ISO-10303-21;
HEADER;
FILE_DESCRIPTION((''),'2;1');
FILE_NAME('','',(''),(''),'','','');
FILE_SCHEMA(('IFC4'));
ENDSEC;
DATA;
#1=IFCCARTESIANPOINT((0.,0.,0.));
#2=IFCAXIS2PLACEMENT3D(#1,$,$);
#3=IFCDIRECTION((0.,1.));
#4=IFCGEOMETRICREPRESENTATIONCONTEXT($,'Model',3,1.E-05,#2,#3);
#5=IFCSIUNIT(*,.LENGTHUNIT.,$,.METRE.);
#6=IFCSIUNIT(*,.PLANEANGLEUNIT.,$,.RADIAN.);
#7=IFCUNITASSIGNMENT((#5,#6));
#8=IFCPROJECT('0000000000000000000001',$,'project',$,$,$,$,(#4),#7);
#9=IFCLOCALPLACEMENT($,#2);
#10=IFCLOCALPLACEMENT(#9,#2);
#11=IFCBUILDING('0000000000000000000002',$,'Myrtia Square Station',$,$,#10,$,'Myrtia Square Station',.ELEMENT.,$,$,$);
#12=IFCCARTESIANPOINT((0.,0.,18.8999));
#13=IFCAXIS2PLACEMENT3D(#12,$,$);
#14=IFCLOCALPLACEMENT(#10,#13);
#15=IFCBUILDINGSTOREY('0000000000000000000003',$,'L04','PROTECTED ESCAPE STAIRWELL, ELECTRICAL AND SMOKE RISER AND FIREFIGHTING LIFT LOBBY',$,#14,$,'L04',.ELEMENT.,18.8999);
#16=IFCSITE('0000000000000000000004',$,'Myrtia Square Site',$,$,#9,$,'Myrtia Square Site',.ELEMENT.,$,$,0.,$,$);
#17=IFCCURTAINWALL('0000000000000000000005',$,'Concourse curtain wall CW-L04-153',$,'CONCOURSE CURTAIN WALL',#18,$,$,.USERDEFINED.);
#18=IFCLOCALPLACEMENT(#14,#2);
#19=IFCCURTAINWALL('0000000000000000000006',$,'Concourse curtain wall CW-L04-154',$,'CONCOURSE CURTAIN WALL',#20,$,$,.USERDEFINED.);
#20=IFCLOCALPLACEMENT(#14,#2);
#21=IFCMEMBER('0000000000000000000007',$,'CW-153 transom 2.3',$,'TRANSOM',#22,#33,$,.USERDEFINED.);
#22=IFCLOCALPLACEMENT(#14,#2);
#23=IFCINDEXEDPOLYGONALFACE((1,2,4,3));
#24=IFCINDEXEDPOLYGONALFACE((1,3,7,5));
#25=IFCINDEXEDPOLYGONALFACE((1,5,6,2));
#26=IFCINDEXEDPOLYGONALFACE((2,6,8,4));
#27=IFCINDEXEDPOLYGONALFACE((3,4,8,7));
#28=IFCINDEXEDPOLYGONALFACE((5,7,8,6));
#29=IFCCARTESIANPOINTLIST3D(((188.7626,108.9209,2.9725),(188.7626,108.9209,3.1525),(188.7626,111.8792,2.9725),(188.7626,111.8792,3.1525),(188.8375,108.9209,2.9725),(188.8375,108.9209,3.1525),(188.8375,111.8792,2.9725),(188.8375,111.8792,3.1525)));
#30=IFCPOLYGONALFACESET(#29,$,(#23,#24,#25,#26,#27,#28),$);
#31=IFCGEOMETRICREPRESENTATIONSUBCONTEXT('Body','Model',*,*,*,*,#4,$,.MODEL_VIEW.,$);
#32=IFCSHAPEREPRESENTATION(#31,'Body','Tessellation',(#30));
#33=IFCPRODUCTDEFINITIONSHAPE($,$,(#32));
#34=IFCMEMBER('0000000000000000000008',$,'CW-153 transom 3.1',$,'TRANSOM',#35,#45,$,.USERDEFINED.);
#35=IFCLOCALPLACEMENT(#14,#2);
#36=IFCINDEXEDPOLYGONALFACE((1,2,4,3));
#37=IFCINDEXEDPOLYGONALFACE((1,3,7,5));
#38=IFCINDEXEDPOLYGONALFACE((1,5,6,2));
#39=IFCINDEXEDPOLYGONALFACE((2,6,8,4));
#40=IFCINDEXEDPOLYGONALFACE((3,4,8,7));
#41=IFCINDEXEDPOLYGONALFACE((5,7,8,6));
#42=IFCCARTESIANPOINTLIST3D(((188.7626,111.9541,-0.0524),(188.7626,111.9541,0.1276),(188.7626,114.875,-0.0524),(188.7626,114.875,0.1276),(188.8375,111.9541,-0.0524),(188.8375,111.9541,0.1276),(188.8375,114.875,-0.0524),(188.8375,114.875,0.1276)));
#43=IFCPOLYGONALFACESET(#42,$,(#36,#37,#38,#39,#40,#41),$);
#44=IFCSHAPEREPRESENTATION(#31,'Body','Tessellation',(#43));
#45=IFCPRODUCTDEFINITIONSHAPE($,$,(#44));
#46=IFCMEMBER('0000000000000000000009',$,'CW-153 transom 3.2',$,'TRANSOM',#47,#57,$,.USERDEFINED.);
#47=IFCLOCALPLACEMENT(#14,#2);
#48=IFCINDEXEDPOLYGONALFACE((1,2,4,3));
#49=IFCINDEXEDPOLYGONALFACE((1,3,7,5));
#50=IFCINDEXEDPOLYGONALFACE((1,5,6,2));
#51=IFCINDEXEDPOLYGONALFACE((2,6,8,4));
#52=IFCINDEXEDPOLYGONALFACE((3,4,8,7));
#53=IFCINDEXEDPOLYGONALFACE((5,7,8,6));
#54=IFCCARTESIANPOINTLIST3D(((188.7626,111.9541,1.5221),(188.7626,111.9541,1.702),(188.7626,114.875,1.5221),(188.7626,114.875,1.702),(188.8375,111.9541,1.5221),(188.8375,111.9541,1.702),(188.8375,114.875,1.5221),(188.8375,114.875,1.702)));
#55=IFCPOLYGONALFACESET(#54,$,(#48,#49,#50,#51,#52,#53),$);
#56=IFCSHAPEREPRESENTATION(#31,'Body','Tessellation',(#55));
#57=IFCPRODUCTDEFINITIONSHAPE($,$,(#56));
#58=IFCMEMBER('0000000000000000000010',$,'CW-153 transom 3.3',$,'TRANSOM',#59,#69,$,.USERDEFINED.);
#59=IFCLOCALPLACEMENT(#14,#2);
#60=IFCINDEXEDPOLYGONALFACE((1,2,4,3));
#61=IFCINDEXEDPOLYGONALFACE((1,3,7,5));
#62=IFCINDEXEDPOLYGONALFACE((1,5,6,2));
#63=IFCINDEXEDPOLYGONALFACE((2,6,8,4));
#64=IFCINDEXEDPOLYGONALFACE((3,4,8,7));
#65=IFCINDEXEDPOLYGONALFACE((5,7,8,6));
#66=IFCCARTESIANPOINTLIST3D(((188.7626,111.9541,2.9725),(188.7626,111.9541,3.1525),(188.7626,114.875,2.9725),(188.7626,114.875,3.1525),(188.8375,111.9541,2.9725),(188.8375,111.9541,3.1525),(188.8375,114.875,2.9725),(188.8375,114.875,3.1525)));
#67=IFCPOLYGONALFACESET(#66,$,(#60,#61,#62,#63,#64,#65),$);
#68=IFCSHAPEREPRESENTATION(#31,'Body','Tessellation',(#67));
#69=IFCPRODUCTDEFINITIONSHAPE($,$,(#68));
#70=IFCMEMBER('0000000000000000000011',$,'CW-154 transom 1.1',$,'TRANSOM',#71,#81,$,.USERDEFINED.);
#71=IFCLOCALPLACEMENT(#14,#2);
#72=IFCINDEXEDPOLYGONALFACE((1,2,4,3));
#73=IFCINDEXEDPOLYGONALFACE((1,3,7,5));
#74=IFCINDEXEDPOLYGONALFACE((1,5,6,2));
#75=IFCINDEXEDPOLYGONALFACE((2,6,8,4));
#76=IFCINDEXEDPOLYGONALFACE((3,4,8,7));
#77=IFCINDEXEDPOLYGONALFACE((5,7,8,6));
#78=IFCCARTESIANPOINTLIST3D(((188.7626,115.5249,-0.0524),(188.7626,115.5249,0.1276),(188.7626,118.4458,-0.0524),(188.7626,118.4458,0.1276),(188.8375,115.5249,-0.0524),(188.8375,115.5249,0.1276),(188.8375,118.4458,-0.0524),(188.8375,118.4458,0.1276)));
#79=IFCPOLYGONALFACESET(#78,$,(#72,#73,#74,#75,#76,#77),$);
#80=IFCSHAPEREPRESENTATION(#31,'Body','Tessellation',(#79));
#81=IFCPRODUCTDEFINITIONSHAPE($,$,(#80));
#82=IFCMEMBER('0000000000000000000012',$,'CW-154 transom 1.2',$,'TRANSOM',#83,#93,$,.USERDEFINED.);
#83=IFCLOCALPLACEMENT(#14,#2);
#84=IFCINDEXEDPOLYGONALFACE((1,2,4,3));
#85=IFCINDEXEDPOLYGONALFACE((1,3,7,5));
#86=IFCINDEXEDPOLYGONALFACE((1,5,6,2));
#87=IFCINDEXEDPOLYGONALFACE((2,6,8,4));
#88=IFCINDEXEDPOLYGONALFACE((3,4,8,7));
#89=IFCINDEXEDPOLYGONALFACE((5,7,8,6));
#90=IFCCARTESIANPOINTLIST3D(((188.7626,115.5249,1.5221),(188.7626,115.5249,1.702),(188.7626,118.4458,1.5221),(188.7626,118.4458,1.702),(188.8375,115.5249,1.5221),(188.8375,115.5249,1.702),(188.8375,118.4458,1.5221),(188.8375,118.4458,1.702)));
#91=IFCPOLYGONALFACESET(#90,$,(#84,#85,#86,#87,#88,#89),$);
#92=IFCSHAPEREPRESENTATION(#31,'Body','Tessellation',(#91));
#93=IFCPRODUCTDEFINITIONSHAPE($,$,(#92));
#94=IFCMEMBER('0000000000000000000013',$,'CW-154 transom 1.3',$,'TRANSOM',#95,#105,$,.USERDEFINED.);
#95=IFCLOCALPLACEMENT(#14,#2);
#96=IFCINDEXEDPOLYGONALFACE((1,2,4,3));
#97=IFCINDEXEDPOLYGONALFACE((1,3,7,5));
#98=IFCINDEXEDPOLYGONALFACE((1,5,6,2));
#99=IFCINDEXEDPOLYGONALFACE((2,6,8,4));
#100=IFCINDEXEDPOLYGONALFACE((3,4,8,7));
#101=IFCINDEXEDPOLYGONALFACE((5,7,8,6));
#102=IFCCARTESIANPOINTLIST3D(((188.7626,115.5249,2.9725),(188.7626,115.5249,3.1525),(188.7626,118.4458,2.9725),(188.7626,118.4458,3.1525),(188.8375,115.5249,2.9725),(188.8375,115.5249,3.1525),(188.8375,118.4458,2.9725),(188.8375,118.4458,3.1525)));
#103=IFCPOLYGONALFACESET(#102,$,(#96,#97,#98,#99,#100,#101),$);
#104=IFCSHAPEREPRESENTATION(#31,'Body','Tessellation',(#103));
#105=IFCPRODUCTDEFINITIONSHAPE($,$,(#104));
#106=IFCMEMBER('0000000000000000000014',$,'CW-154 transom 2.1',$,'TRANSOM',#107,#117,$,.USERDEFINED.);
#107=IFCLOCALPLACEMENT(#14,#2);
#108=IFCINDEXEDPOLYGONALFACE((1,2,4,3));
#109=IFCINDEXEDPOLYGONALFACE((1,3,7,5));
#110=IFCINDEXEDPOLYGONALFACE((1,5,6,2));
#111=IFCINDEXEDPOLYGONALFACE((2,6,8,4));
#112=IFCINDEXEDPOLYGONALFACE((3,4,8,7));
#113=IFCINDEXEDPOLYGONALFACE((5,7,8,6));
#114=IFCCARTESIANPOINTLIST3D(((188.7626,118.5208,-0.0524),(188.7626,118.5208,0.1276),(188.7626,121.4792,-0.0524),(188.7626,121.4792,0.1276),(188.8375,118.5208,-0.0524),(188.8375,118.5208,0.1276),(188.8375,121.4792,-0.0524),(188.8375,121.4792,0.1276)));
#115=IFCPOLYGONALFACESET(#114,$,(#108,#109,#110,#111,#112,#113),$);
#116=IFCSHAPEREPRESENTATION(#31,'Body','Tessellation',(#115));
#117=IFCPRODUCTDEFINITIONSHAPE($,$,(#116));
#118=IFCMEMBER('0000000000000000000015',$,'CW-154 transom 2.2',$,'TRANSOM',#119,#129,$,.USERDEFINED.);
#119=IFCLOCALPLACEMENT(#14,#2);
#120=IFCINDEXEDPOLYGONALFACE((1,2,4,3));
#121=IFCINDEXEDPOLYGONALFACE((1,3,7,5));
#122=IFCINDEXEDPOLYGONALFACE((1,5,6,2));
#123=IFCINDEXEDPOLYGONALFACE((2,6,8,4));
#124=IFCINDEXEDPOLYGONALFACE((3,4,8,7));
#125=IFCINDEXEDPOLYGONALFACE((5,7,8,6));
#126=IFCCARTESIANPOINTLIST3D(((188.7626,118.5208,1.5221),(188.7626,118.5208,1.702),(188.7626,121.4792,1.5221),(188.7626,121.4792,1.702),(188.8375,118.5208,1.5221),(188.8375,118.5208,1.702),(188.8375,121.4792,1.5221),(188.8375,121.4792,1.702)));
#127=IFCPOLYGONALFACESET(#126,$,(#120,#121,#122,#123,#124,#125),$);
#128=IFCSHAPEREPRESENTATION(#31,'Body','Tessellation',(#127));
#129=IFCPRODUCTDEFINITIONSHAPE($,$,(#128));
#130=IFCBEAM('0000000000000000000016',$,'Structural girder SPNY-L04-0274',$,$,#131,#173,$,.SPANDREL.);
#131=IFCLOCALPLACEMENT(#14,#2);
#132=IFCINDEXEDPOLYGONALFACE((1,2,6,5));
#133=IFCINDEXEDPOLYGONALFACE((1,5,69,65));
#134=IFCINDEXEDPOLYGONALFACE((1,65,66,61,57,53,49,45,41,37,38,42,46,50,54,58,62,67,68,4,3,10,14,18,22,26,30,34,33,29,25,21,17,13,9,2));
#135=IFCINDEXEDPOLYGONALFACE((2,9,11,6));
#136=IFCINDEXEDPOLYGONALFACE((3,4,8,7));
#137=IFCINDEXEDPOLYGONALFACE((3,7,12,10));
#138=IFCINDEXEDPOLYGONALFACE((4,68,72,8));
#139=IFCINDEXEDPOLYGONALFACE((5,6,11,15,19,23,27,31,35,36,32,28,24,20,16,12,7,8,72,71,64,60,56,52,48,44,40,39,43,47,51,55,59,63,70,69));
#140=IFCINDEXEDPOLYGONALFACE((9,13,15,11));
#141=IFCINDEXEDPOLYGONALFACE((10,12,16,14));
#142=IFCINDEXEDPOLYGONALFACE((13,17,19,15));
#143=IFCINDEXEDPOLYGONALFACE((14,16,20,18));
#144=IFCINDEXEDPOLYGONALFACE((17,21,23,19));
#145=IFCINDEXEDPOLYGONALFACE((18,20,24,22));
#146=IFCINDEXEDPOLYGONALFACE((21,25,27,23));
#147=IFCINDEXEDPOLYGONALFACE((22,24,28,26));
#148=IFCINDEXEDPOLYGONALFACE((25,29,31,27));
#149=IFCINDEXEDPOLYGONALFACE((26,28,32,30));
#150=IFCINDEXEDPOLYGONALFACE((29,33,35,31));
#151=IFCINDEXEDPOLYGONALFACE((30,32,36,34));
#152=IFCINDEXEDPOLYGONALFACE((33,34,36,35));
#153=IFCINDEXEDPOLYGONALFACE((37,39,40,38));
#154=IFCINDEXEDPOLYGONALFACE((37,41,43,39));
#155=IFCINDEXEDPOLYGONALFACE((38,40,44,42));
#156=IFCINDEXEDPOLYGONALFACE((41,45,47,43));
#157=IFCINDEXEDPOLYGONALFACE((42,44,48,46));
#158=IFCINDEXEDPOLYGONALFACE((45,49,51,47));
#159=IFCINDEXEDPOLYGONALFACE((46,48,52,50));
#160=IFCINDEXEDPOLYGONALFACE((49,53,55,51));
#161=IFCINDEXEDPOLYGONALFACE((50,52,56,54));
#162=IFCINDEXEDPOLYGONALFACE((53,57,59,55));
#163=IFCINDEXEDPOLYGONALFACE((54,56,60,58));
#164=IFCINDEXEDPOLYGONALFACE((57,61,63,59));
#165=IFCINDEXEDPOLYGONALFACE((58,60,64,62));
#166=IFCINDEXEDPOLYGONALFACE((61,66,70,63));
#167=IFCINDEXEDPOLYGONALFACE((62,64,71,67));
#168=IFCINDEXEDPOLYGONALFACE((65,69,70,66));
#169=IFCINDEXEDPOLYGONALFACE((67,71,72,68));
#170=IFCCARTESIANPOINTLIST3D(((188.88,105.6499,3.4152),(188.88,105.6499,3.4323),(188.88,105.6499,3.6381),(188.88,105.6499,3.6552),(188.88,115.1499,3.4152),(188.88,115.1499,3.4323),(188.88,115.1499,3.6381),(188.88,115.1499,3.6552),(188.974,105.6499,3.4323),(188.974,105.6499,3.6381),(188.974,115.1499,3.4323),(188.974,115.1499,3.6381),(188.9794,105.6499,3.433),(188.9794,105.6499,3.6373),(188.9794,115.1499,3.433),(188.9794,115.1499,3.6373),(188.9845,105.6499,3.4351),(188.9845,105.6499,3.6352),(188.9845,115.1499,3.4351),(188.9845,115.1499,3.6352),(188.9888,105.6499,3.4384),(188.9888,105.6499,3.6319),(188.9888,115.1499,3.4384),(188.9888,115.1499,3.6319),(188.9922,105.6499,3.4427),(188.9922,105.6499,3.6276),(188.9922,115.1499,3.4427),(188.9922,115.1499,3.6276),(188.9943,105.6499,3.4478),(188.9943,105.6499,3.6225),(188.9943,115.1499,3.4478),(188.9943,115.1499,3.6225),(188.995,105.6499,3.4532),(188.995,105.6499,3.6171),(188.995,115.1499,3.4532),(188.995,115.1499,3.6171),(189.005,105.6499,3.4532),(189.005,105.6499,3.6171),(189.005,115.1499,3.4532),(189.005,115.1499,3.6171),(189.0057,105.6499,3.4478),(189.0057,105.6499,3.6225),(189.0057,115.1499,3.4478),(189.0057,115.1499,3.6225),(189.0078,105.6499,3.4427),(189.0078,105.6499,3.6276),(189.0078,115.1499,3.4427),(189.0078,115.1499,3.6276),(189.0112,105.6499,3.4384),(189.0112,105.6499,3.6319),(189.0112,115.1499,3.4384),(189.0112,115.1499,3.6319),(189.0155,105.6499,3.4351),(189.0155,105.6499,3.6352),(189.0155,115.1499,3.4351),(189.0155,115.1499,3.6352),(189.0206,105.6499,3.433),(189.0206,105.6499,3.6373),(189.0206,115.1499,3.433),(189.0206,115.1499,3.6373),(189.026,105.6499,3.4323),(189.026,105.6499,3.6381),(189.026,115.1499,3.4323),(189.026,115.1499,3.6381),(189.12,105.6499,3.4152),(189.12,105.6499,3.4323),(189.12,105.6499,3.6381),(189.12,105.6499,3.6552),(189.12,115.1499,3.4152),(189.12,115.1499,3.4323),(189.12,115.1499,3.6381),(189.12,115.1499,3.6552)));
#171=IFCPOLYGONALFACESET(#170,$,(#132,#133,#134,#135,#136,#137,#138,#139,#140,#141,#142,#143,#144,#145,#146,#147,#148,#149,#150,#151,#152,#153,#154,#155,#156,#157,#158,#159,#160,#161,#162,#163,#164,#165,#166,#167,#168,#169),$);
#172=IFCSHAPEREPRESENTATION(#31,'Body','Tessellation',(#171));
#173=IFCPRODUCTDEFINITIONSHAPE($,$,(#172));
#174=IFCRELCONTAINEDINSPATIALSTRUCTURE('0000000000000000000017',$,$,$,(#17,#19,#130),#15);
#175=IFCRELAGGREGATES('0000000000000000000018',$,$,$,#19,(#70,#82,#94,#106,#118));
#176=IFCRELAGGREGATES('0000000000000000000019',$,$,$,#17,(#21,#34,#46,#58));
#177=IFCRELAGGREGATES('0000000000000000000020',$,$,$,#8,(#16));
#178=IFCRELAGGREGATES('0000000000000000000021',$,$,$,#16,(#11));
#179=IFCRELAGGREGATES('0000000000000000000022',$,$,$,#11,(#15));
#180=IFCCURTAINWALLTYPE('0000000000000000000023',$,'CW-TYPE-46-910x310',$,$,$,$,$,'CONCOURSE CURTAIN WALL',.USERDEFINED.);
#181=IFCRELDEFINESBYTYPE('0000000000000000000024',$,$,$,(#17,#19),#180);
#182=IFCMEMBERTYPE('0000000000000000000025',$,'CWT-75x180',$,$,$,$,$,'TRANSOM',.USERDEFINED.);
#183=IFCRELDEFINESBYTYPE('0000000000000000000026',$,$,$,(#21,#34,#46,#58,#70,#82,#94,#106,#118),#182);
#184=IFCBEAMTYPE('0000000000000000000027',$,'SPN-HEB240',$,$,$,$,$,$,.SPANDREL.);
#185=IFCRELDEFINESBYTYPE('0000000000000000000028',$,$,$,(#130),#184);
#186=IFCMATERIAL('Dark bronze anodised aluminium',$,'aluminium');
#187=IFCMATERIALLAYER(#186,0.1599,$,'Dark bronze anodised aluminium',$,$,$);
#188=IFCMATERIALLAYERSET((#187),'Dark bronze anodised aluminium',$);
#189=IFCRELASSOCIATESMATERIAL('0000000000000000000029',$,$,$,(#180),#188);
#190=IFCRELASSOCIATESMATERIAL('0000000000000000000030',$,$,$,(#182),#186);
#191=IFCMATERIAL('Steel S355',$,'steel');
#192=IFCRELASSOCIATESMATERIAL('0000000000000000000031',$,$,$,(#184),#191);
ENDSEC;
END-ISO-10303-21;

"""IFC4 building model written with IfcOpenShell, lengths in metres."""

from ifc_helpers import new_model, si_unit, direction, frame, origin, origin_2d, place, context, subcontext, project, spatial, rectangle, i_section, extrude, material, layer, layer_set, material_profile, profile_set, type_object, element, aggregate, save


model = new_model("IFC4")

# Units and contexts
model_context = context("Model", 3, precision=1e-05, world=origin(), true_north=direction((0.0, 1.0)))
body_context = subcontext(model_context, "Body", "Model", "MODEL_VIEW")
ifc_project = project(units=[si_unit("LENGTHUNIT", "METRE"), si_unit("PLANEANGLEUNIT", "RADIAN")], contexts=[model_context])

# Site, building, storey
site_placement = place(None, origin())
site = spatial("IfcSite", under=ifc_project, at=site_placement, Name="Myrtia Square Site", LongName="Myrtia Square Site", CompositionType="ELEMENT", RefElevation=0.0)
building_placement = place(site_placement, origin())
building = spatial("IfcBuilding", under=site, at=building_placement, Name="Myrtia Square Station", LongName="Myrtia Square Station", CompositionType="ELEMENT")
storey_placement = place(building_placement, frame((0.0, 0.0, 18.8999)))
storey = spatial("IfcBuildingStorey", under=building, at=storey_placement, Name="L04", Description="PROTECTED ESCAPE STAIRWELL, ELECTRICAL AND SMOKE RISER AND FIREFIGHTING LIFT LOBBY", LongName="L04", CompositionType="ELEMENT", Elevation=18.8999)

# Shared definitions
ifc_material_1 = material(Name="Steel S355", Category="steel")

# Curtain walls
ifc_material_2 = material(Name="Dark bronze anodised aluminium", Category="aluminium")
ifc_layer_1 = layer(ifc_material_2, 0.1599, Name="Dark bronze anodised aluminium")
ifc_layer_set_1 = layer_set([ifc_layer_1], Name="Dark bronze anodised aluminium")
curtain_wall_type = type_object("IfcCurtainWallType", Name="CW-TYPE-46-910x310", ElementType="CONCOURSE CURTAIN WALL", PredefinedType="USERDEFINED", material=ifc_layer_set_1)
curtain_wall_1_placement = place(storey_placement, origin())
curtain_wall_1 = element("IfcCurtainWall", 1, at=curtain_wall_1_placement, inside=storey, type_object=curtain_wall_type, Name="Concourse curtain wall CW-L04-153", ObjectType="CONCOURSE CURTAIN WALL", PredefinedType="USERDEFINED")
curtain_wall_2_placement = place(storey_placement, origin())
curtain_wall_2 = element("IfcCurtainWall", 2, at=curtain_wall_2_placement, inside=storey, type_object=curtain_wall_type, Name="Concourse curtain wall CW-L04-154", ObjectType="CONCOURSE CURTAIN WALL", PredefinedType="USERDEFINED")

# Members
ifc_material_profile_1 = material_profile(ifc_material_2, rectangle(XDim=0.075, YDim=0.1799, at=origin_2d()), Name="ALU-T 75x180")
ifc_profile_set_1 = profile_set([ifc_material_profile_1], Name="Dark bronze anodised aluminium")
member_type_1 = type_object("IfcMemberType", Name="CWT-75x180", ElementType="TRANSOM", PredefinedType="USERDEFINED", material=ifc_profile_set_1)
member_1_placement = place(storey_placement, frame((188.8, 108.9209, 3.0625), z_axis=(0.0, 1.0, 0.0), x_axis=(-1.0, 0.0, 0.0)))
member_1 = element("IfcMember", 3, at=member_1_placement, type_object=member_type_1, Name="CW-153 transom 2.3", ObjectType="TRANSOM", PredefinedType="USERDEFINED", context=body_context, shape_type="SweptSolid", body=[
    extrude(rectangle(XDim=0.075, YDim=0.1799, at=origin_2d()), origin(), (0.0, 0.0, 1.0), 2.9583),
])
member_2_placement = place(storey_placement, frame((188.8, 111.9541, 0.0376), z_axis=(0.0, 1.0, 0.0), x_axis=(-1.0, 0.0, 0.0)))
member_2 = element("IfcMember", 4, at=member_2_placement, type_object=member_type_1, Name="CW-153 transom 3.1", ObjectType="TRANSOM", PredefinedType="USERDEFINED", context=body_context, shape_type="SweptSolid", body=[
    extrude(rectangle(XDim=0.075, YDim=0.1799, at=origin_2d()), origin(), (0.0, 0.0, 1.0), 2.9209),
])
member_3_placement = place(storey_placement, frame((188.8, 111.9541, 1.6121), z_axis=(0.0, 1.0, 0.0), x_axis=(-1.0, 0.0, 0.0)))
member_3 = element("IfcMember", 5, at=member_3_placement, type_object=member_type_1, Name="CW-153 transom 3.2", ObjectType="TRANSOM", PredefinedType="USERDEFINED", context=body_context, shape_type="SweptSolid", body=[
    extrude(rectangle(XDim=0.075, YDim=0.1799, at=origin_2d()), origin(), (0.0, 0.0, 1.0), 2.9209),
])
member_4_placement = place(storey_placement, frame((188.8, 111.9541, 3.0625), z_axis=(0.0, 1.0, 0.0), x_axis=(-1.0, 0.0, 0.0)))
member_4 = element("IfcMember", 6, at=member_4_placement, type_object=member_type_1, Name="CW-153 transom 3.3", ObjectType="TRANSOM", PredefinedType="USERDEFINED", context=body_context, shape_type="SweptSolid", body=[
    extrude(rectangle(XDim=0.075, YDim=0.1799, at=origin_2d()), origin(), (0.0, 0.0, 1.0), 2.9209),
])
member_5_placement = place(storey_placement, frame((188.8, 115.5249, 0.0376), z_axis=(0.0, 1.0, 0.0), x_axis=(-1.0, 0.0, 0.0)))
member_5 = element("IfcMember", 7, at=member_5_placement, type_object=member_type_1, Name="CW-154 transom 1.1", ObjectType="TRANSOM", PredefinedType="USERDEFINED", context=body_context, shape_type="SweptSolid", body=[
    extrude(rectangle(XDim=0.075, YDim=0.1799, at=origin_2d()), origin(), (0.0, 0.0, 1.0), 2.9209),
])
member_6_placement = place(storey_placement, frame((188.8, 115.5249, 1.6121), z_axis=(0.0, 1.0, 0.0), x_axis=(-1.0, 0.0, 0.0)))
member_6 = element("IfcMember", 8, at=member_6_placement, type_object=member_type_1, Name="CW-154 transom 1.2", ObjectType="TRANSOM", PredefinedType="USERDEFINED", context=body_context, shape_type="SweptSolid", body=[
    extrude(rectangle(XDim=0.075, YDim=0.1799, at=origin_2d()), origin(), (0.0, 0.0, 1.0), 2.9209),
])
member_7_placement = place(storey_placement, frame((188.8, 115.5249, 3.0625), z_axis=(0.0, 1.0, 0.0), x_axis=(-1.0, 0.0, 0.0)))
member_7 = element("IfcMember", 9, at=member_7_placement, type_object=member_type_1, Name="CW-154 transom 1.3", ObjectType="TRANSOM", PredefinedType="USERDEFINED", context=body_context, shape_type="SweptSolid", body=[
    extrude(rectangle(XDim=0.075, YDim=0.1799, at=origin_2d()), origin(), (0.0, 0.0, 1.0), 2.9209),
])
member_8_placement = place(storey_placement, frame((188.8, 118.5208, 0.0376), z_axis=(0.0, 1.0, 0.0), x_axis=(-1.0, 0.0, 0.0)))
member_8 = element("IfcMember", 10, at=member_8_placement, type_object=member_type_1, Name="CW-154 transom 2.1", ObjectType="TRANSOM", PredefinedType="USERDEFINED", context=body_context, shape_type="SweptSolid", body=[
    extrude(rectangle(XDim=0.075, YDim=0.1799, at=origin_2d()), origin(), (0.0, 0.0, 1.0), 2.9585),
])
member_9_placement = place(storey_placement, frame((188.8, 118.5208, 1.6121), z_axis=(0.0, 1.0, 0.0), x_axis=(-1.0, 0.0, 0.0)))
member_9 = element("IfcMember", 11, at=member_9_placement, type_object=member_type_1, Name="CW-154 transom 2.2", ObjectType="TRANSOM", PredefinedType="USERDEFINED", context=body_context, shape_type="SweptSolid", body=[
    extrude(rectangle(XDim=0.075, YDim=0.1799, at=origin_2d()), origin(), (0.0, 0.0, 1.0), 2.9585),
])

# Beam
ifc_material_profile_2 = material_profile(ifc_material_1, i_section(OverallWidth=0.24, OverallDepth=0.24, WebThickness=0.01, FlangeThickness=0.0171, FilletRadius=0.021, at=origin_2d()), Name="HEB 240")
ifc_profile_set_2 = profile_set([ifc_material_profile_2], Name="Steel S355")
beam_type_1 = type_object("IfcBeamType", Name="SPN-HEB240", PredefinedType="SPANDREL", material=ifc_profile_set_2)
for number, where, z_axis, x_axis, name in (
    (12, (189.0, 105.6499, 3.5352), (0.0, 1.0, 0.0), (-1.0, 0.0, 0.0), "Structural girder SPNY-L04-0274"),
):
    element("IfcBeam", number, at=place(storey_placement, frame(where, z_axis=z_axis, x_axis=x_axis)), inside=storey, type_object=beam_type_1, Name=name, PredefinedType="SPANDREL", context=body_context, shape_type="SweptSolid", body=[
        extrude(i_section(OverallWidth=0.24, OverallDepth=0.24, WebThickness=0.01, FlangeThickness=0.0171, FilletRadius=0.021, at=origin_2d()), origin(), (0.0, 0.0, 1.0), 9.5),
    ])

aggregate(curtain_wall_2, [member_5, member_6, member_7, member_8, member_9])
aggregate(curtain_wall_1, [member_1, member_2, member_3, member_4])

save(model, "model.ifc")
